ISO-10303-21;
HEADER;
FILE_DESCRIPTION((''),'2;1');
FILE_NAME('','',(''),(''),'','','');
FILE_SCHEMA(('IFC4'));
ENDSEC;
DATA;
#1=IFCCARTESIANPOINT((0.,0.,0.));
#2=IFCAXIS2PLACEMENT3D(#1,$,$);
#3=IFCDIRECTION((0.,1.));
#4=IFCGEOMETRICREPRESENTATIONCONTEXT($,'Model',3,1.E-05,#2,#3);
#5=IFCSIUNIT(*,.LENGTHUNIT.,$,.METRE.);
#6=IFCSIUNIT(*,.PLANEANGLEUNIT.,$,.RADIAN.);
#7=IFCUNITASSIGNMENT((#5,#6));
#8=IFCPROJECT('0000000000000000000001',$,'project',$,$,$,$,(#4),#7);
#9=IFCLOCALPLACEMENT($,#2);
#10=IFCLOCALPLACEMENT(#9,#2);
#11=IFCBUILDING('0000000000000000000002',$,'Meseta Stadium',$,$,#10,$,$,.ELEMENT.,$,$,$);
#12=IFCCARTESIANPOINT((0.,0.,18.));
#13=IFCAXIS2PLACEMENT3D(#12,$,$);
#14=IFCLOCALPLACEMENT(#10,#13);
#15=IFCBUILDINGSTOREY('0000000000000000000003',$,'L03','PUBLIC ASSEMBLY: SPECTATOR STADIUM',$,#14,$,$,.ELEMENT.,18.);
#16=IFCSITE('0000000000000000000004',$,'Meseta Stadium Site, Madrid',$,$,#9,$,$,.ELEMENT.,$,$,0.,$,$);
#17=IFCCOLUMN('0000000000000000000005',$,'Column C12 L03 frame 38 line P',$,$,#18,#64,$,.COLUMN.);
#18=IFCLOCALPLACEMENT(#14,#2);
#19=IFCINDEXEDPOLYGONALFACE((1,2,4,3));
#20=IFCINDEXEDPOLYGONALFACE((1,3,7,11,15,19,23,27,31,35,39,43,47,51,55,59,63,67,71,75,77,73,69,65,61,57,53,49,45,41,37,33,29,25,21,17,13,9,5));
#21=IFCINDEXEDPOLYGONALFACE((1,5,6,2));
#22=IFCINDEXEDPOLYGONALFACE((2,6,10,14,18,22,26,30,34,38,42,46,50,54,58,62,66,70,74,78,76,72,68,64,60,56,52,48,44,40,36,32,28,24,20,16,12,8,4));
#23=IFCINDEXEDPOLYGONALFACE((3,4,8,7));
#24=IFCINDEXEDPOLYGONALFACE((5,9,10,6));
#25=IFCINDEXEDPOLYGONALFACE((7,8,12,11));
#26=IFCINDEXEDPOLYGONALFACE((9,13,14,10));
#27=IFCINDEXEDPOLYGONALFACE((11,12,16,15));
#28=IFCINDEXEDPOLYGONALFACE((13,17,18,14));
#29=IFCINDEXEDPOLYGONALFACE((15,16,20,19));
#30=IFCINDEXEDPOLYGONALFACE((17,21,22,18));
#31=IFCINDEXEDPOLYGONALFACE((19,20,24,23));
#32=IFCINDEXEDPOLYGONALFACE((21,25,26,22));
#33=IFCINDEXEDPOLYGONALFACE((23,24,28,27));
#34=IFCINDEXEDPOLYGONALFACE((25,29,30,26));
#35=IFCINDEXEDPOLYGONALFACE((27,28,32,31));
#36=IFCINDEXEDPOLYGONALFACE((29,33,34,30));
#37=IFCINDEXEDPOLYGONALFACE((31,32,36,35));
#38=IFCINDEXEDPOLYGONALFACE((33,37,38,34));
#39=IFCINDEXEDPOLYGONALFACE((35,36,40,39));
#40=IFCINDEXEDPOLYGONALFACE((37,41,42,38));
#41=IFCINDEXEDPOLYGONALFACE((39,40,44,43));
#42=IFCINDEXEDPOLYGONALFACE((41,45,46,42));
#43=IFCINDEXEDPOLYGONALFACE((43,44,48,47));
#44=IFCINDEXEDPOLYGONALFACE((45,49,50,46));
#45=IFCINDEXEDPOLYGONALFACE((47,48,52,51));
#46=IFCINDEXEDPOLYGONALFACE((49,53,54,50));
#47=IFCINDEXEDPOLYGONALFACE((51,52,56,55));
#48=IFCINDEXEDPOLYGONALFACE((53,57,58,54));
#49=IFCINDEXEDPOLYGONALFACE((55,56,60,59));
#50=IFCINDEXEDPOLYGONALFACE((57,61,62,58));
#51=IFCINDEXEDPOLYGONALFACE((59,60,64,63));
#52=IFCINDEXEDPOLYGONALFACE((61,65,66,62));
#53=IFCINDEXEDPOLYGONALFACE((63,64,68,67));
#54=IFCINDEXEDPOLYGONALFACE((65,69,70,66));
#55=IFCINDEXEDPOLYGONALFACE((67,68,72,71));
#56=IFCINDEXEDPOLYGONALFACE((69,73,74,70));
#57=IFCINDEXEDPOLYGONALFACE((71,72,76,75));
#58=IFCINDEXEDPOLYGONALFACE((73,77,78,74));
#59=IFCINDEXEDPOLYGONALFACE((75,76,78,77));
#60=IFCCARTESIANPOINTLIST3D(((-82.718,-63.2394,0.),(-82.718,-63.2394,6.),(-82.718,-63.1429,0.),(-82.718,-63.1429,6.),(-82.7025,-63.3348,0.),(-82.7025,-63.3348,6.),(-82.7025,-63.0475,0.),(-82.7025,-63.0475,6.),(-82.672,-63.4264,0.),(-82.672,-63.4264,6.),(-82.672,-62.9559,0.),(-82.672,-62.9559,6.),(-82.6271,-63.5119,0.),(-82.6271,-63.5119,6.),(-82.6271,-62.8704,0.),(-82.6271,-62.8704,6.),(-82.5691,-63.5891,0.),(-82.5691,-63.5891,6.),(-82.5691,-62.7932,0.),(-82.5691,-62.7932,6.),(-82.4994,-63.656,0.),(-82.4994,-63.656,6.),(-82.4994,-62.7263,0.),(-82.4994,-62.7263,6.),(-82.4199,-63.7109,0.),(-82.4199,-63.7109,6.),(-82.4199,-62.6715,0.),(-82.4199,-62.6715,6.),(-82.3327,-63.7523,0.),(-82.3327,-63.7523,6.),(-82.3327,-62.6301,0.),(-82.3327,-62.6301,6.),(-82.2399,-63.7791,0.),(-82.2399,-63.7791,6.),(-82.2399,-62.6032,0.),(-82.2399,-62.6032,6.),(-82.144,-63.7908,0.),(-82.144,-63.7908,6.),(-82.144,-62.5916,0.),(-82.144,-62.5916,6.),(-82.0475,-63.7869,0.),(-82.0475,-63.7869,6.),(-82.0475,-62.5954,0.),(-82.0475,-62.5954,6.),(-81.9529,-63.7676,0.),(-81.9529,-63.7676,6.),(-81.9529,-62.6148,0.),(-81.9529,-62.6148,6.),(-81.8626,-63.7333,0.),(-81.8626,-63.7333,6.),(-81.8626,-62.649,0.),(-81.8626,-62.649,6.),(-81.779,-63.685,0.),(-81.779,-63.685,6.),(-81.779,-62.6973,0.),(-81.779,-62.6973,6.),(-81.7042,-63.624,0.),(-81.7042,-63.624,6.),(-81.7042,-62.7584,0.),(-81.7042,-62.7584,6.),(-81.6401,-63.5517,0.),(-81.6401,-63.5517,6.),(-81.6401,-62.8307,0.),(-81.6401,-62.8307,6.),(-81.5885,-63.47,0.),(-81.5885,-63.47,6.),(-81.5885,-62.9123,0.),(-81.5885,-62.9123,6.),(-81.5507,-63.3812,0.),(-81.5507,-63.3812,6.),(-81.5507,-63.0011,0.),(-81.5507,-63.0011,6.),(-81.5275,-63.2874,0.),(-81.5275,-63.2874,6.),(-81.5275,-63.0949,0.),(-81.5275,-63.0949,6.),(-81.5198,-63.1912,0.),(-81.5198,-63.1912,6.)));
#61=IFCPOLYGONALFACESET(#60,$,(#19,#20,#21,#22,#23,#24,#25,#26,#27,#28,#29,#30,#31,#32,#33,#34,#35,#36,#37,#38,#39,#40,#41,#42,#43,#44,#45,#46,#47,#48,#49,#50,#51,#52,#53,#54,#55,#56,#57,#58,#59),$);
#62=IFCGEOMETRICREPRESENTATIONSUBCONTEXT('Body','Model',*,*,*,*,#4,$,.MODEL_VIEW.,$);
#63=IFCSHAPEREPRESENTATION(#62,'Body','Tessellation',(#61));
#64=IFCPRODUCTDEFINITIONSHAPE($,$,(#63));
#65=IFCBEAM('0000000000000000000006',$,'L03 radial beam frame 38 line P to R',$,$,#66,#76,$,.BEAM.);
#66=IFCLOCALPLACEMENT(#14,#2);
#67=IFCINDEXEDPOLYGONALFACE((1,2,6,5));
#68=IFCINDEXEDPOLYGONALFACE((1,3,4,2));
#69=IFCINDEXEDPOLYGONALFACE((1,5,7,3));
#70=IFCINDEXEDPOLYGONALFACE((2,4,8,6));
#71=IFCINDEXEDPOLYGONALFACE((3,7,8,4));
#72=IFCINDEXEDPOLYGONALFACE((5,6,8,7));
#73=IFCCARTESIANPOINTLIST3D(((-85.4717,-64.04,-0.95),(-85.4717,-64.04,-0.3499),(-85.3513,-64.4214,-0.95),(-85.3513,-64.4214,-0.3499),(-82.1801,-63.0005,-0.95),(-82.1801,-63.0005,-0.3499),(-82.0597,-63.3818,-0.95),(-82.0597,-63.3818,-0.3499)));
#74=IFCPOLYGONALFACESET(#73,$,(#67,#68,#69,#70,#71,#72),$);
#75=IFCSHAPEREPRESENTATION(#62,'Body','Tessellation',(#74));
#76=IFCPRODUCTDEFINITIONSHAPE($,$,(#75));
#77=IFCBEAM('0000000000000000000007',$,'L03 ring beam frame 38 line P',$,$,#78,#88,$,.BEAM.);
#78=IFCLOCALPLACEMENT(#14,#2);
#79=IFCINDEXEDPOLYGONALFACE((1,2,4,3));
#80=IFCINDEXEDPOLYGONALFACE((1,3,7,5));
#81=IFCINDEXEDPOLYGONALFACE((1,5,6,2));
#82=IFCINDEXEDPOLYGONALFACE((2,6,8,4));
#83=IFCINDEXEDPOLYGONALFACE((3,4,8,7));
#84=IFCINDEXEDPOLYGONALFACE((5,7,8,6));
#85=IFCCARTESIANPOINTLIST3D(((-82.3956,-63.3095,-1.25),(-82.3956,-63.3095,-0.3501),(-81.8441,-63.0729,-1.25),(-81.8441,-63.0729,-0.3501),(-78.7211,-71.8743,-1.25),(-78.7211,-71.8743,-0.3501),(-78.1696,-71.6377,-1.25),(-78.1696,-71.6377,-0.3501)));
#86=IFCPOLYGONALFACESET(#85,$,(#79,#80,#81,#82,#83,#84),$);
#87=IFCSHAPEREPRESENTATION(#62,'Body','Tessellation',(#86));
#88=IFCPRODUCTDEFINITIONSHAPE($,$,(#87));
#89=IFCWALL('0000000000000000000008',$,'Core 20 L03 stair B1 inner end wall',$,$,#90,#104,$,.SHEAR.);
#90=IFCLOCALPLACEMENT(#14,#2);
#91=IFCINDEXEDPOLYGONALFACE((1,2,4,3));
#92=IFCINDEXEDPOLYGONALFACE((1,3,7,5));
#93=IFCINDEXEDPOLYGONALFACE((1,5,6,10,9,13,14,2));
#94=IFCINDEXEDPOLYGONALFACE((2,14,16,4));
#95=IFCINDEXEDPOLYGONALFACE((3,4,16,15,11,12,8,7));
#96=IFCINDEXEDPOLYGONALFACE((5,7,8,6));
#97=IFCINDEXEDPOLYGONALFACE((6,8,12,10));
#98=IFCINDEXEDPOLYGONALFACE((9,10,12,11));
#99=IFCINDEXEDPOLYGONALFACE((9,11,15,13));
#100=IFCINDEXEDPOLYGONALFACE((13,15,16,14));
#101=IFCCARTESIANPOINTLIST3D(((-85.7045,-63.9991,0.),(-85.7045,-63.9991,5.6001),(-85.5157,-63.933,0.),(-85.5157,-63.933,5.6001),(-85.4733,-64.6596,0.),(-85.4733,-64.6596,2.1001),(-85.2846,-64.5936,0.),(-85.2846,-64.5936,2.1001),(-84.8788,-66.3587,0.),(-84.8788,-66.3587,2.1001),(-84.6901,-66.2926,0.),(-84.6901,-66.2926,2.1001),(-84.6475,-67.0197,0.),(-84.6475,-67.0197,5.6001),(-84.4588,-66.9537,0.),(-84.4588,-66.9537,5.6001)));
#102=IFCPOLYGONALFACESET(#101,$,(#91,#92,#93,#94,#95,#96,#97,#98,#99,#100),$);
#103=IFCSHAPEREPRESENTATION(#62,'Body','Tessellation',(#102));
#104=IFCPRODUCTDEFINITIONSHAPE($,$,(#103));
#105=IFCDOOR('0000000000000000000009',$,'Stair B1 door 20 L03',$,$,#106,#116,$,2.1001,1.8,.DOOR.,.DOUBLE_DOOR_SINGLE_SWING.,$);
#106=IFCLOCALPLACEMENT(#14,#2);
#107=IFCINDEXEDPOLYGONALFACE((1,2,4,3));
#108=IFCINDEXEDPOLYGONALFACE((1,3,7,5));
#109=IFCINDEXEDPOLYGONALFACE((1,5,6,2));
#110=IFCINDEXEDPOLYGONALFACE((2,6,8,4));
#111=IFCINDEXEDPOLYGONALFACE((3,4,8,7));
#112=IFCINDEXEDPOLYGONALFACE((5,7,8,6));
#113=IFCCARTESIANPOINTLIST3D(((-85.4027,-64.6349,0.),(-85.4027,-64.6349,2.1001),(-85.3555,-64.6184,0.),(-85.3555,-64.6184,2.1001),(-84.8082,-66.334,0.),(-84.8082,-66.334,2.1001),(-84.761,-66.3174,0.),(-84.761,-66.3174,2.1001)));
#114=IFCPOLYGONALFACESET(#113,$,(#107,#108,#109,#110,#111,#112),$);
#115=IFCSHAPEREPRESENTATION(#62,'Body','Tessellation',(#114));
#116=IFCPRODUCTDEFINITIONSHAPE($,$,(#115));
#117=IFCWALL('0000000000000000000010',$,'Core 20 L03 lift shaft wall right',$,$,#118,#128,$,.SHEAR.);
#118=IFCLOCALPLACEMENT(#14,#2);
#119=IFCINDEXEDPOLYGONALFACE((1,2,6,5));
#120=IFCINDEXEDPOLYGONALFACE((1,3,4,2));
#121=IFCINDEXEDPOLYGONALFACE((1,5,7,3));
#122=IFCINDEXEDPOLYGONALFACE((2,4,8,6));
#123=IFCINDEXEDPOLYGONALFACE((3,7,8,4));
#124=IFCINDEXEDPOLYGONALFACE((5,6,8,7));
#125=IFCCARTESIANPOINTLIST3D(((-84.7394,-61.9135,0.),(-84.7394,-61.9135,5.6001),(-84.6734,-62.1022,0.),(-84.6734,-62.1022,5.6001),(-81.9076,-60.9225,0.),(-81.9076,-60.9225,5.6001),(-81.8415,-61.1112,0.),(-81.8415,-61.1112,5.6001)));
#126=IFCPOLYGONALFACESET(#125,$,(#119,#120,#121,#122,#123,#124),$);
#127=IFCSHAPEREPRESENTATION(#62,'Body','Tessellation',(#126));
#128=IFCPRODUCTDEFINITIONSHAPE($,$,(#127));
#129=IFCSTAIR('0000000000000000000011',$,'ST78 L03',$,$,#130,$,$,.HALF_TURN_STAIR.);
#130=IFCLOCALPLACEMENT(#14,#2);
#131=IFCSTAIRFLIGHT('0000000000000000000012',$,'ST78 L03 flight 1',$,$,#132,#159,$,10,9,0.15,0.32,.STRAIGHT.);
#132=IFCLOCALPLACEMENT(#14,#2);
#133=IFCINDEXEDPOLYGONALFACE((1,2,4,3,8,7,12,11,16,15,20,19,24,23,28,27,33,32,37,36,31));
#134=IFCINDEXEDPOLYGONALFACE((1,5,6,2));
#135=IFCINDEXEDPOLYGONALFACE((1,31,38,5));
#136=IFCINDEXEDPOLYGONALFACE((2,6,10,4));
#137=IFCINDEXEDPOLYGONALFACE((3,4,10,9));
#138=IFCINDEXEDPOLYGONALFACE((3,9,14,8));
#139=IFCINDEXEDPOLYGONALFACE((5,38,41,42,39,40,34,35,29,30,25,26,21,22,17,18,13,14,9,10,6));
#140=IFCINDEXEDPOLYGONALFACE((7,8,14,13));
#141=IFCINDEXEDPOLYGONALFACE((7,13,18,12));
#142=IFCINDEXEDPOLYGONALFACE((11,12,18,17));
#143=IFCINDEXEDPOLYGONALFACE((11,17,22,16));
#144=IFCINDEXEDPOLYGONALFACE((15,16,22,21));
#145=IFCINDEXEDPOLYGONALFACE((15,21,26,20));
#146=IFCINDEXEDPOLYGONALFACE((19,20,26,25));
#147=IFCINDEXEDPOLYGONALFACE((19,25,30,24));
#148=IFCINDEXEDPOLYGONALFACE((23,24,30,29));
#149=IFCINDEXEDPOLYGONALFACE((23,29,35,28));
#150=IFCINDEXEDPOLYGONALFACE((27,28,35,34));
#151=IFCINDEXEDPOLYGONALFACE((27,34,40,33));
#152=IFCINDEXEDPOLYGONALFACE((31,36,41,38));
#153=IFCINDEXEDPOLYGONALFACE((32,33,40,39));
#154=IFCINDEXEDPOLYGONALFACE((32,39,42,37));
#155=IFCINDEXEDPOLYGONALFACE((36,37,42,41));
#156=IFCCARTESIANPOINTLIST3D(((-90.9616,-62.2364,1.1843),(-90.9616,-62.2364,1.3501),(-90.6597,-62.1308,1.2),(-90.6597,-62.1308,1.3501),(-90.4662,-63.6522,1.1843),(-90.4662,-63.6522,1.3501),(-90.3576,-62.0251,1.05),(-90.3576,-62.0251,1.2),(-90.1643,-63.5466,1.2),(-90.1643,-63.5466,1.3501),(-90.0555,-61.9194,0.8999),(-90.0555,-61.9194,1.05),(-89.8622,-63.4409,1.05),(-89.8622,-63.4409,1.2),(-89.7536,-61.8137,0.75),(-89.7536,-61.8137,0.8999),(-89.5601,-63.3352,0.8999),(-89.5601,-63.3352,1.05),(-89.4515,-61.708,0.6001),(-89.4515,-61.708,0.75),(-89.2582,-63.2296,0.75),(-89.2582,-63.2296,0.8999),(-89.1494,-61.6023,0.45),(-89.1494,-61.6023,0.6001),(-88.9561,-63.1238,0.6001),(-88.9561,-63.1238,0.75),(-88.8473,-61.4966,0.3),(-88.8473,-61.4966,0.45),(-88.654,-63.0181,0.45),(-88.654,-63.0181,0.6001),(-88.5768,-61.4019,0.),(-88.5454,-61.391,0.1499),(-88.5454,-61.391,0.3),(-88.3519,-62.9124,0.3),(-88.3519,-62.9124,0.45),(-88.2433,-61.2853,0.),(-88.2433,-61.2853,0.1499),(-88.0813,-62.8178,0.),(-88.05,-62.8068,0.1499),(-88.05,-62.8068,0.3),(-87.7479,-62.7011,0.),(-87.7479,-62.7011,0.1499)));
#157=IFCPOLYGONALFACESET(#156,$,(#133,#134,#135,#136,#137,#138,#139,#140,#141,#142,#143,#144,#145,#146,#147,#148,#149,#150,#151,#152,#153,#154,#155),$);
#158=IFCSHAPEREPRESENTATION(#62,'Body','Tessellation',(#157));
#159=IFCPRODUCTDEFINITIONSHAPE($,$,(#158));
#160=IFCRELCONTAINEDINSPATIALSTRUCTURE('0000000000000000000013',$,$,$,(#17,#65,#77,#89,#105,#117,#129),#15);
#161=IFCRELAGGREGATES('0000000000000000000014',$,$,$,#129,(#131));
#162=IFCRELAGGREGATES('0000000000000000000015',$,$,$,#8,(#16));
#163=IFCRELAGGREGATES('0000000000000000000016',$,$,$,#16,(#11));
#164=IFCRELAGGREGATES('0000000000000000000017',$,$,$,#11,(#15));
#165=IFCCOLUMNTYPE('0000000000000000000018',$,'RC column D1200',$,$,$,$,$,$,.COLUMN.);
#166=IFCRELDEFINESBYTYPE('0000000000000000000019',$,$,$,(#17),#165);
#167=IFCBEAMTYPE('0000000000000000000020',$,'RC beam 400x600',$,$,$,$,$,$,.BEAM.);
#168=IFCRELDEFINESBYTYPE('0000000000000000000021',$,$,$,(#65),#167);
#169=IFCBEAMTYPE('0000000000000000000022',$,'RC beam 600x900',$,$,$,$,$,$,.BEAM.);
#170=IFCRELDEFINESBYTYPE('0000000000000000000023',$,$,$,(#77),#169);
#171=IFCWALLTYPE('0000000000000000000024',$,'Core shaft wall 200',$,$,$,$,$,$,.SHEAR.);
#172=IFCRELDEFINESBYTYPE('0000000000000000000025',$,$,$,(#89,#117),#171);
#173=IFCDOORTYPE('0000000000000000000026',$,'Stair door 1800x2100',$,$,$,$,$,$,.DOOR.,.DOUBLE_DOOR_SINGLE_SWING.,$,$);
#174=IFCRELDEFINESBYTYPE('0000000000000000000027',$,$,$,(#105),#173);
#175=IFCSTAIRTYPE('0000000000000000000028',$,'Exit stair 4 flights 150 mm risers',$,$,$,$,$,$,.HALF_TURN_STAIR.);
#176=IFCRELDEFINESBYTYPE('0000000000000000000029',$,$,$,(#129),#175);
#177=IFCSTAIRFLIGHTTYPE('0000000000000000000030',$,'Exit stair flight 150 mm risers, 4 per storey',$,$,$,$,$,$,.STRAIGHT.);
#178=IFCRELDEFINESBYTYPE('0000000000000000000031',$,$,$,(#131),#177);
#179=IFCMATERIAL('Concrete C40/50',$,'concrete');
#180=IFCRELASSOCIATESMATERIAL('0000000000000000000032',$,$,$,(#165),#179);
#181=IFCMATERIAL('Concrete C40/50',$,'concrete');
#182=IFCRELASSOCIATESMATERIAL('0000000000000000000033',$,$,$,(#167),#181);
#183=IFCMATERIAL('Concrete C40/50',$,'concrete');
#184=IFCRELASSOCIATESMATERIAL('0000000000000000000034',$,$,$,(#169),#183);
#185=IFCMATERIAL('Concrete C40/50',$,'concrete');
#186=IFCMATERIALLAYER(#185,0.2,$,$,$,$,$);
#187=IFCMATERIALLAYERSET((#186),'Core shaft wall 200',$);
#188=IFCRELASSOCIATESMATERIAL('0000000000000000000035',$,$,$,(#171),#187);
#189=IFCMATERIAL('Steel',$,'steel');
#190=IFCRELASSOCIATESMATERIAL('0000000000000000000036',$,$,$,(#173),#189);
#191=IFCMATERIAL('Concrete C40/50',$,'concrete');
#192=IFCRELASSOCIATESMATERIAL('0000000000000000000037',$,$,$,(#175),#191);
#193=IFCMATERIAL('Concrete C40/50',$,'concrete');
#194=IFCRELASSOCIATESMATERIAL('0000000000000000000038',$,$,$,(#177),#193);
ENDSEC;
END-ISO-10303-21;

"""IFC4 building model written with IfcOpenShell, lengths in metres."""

from ifc_helpers import new_model, si_unit, direction, frame, frame_2d, origin, origin_2d, place, context, subcontext, project, spatial, polyline, rectangle, circle, outline, extrude, material, layer, layer_set, material_profile, profile_set, type_object, element, fill, aggregate, save


model = new_model("IFC4")

# Units and contexts
model_context = context("Model", 3, precision=1e-05, world=origin(), true_north=direction((0.0, 1.0)))
body_context = subcontext(model_context, "Body", "Model", "MODEL_VIEW")
ifc_project = project(units=[si_unit("LENGTHUNIT", "METRE"), si_unit("PLANEANGLEUNIT", "RADIAN")], contexts=[model_context])

# Site, building, storey
site_placement = place(None, origin())
site = spatial("IfcSite", under=ifc_project, at=site_placement, Name="Meseta Stadium Site, Madrid", CompositionType="ELEMENT", RefElevation=0.0)
building_placement = place(site_placement, origin())
building = spatial("IfcBuilding", under=site, at=building_placement, Name="Meseta Stadium", CompositionType="ELEMENT")
storey_placement = place(building_placement, frame((0.0, 0.0, 18.0)))
storey = spatial("IfcBuildingStorey", under=building, at=storey_placement, Name="L03", Description="PUBLIC ASSEMBLY: SPECTATOR STADIUM", CompositionType="ELEMENT", Elevation=18.0)

# Column
ifc_material_1 = material(Name="Concrete C40/50", Category="concrete")
ifc_material_profile_1 = material_profile(ifc_material_1, circle(Radius=0.6001, at=origin_2d()), Name="RC D1200")
ifc_profile_set_1 = profile_set([ifc_material_profile_1], Name="Concrete C40/50")
column_type = type_object("IfcColumnType", Name="RC column D1200", PredefinedType="COLUMN", material=ifc_profile_set_1)
column_placement = place(storey_placement, frame((-82.1199, -63.1912, 0.0), z_axis=(0.0, 0.0, 1.0), x_axis=(1.0, 0.0, 0.0)))
element("IfcColumn", 1, at=column_placement, inside=storey, type_object=column_type, Name="Column C12 L03 frame 38 line P", PredefinedType="COLUMN", context=body_context, shape_type="SweptSolid", body=[
    extrude(circle(Radius=0.6001, at=origin_2d()), origin(), (0.0, 0.0, 1.0), 6.0),
])

# Beams
ifc_material_2 = material(Name="Concrete C40/50", Category="concrete")
ifc_material_profile_2 = material_profile(ifc_material_2, rectangle(XDim=0.3999, YDim=0.6001, at=origin_2d()), Name="RC 400x600")
ifc_profile_set_2 = profile_set([ifc_material_profile_2], Name="Concrete C40/50")
beam_type_1 = type_object("IfcBeamType", Name="RC beam 400x600", PredefinedType="BEAM", material=ifc_profile_set_2)
beam_1_placement = place(storey_placement, frame((-82.1199, -63.1912, -0.6499), z_axis=(-0.953578, -0.301145, 0.0), x_axis=(0.301145, -0.953578, 0.0)))
element("IfcBeam", 2, at=beam_1_placement, inside=storey, type_object=beam_type_1, Name="L03 radial beam frame 38 line P to R", PredefinedType="BEAM", context=body_context, shape_type="SweptSolid", body=[
    extrude(rectangle(XDim=0.3999, YDim=0.6001, at=origin_2d()), origin(), (0.0, 0.0, 1.0), 3.4519),
])
ifc_material_3 = material(Name="Concrete C40/50", Category="concrete")
ifc_material_profile_3 = material_profile(ifc_material_3, rectangle(XDim=0.6001, YDim=0.8999, at=origin_2d()), Name="RC 600x900")
ifc_profile_set_3 = profile_set([ifc_material_profile_3], Name="Concrete C40/50")
beam_type_2 = type_object("IfcBeamType", Name="RC beam 600x900", PredefinedType="BEAM", material=ifc_profile_set_3)
beam_2_placement = place(storey_placement, frame((-82.1199, -63.1912, -0.8), z_axis=(0.39427, -0.918995, 0.0), x_axis=(0.918995, 0.39427, 0.0)))
element("IfcBeam", 3, at=beam_2_placement, inside=storey, type_object=beam_type_2, Name="L03 ring beam frame 38 line P", PredefinedType="BEAM", context=body_context, shape_type="SweptSolid", body=[
    extrude(rectangle(XDim=0.6001, YDim=0.8999, at=origin_2d()), origin(), (0.0, 0.0, 1.0), 9.3198),
])

# Wall, opening, door
ifc_material_4 = material(Name="Concrete C40/50", Category="concrete")
ifc_layer = layer(ifc_material_4, 0.2)
ifc_layer_set = layer_set([ifc_layer], Name="Core shaft wall 200")
wall_type = type_object("IfcWallType", Name="Core shaft wall 200", PredefinedType="SHEAR", material=ifc_layer_set)
wall_1_placement = place(storey_placement, frame((-85.6101, -63.9661, 0.0), z_axis=(0.0, 0.0, 1.0), x_axis=(0.330269, -0.943887, 0.0)))
wall_1 = element("IfcWall", 4, at=wall_1_placement, inside=storey, type_object=wall_type, Name="Core 20 L03 stair B1 inner end wall", PredefinedType="SHEAR", context=body_context, shape_type="SweptSolid", body=[
    extrude(rectangle(XDim=3.2002, YDim=0.2, at=frame_2d((1.6001, 0.0))), origin(), (0.0, 0.0, 1.0), 5.6001),
])
opening_placement = place(wall_1_placement, frame((0.7, 0.0, 0.0)))
opening = element("IfcOpeningElement", 5, at=opening_placement, cuts=wall_1, PredefinedType="OPENING", context=body_context, shape_type="SweptSolid", body=[
    extrude(rectangle(XDim=1.8, YDim=2.1001, at=frame_2d((0.8999, 1.05))), frame((0.0, 0.1099, 0.0), z_axis=(0.0, -1.0, 0.0), x_axis=(1.0, 0.0, 0.0)), (0.0, 0.0, 1.0), 0.22),
])
ifc_material_5 = material(Name="Steel", Category="steel")
door_type = type_object("IfcDoorType", Name="Stair door 1800x2100", OperationType="DOUBLE_DOOR_SINGLE_SWING", PredefinedType="DOOR", material=ifc_material_5)
door_placement = place(opening_placement, origin())
door = element("IfcDoor", 6, at=door_placement, inside=storey, type_object=door_type, Name="Stair B1 door 20 L03", OperationType="DOUBLE_DOOR_SINGLE_SWING", OverallHeight=2.1001, OverallWidth=1.8, PredefinedType="DOOR", context=body_context, shape_type="SweptSolid", body=[
    extrude(rectangle(XDim=1.8, YDim=2.1001, at=frame_2d((0.8999, 1.05))), frame((0.0, 0.0249, 0.0), z_axis=(0.0, -1.0, 0.0), x_axis=(1.0, 0.0, 0.0)), (0.0, 0.0, 1.0), 0.05),
])
fill(opening, door)

# Wall
wall_2_placement = place(storey_placement, frame((-84.7063, -62.0078, 0.0), z_axis=(0.0, 0.0, 1.0), x_axis=(0.943875, 0.330303, 0.0)))
element("IfcWall", 7, at=wall_2_placement, inside=storey, type_object=wall_type, Name="Core 20 L03 lift shaft wall right", PredefinedType="SHEAR", context=body_context, shape_type="SweptSolid", body=[
    extrude(rectangle(XDim=3.0002, YDim=0.2, at=frame_2d((1.5, 0.0))), origin(), (0.0, 0.0, 1.0), 5.6001),
])

# Stair, stair flight
ifc_material_6 = material(Name="Concrete C40/50", Category="concrete")
stair_type = type_object("IfcStairType", Name="Exit stair 4 flights 150 mm risers", PredefinedType="HALF_TURN_STAIR", material=ifc_material_6)
stair_placement = place(storey_placement, origin())
stair = element("IfcStair", 8, at=stair_placement, inside=storey, type_object=stair_type, Name="ST78 L03", PredefinedType="HALF_TURN_STAIR")
ifc_material_7 = material(Name="Concrete C40/50", Category="concrete")
stair_flight_type = type_object("IfcStairFlightType", Name="Exit stair flight 150 mm risers, 4 per storey", PredefinedType="STRAIGHT", material=ifc_material_7)
stair_flight_1_placement = place(storey_placement, frame((-87.9956, -61.9932, 0.0), z_axis=(0.0, 0.0, 1.0), x_axis=(-0.943883, -0.330279, 0.0)))
stair_flight_1 = element("IfcStairFlight", 9, at=stair_flight_1_placement, type_object=stair_flight_type, Name="ST78 L03 flight 1", NumberOfRisers=10, NumberOfTreads=9, PredefinedType="STRAIGHT", RiserHeight=0.15, TreadLength=0.32, context=body_context, shape_type="SweptSolid", body=[
    extrude(outline(polyline([(0.0, 0.0), (0.0, 0.1499), (0.3201, 0.1499), (0.3201, 0.3), (0.6399, 0.3), (0.6399, 0.45), (0.96, 0.45), (0.96, 0.6001), (1.28, 0.6001), (1.28, 0.75), (1.6001, 0.75), (1.6001, 0.8999), (1.9199, 0.8999), (1.9199, 1.05), (2.24, 1.05), (2.24, 1.2), (2.5601, 1.2), (2.5601, 1.3501), (2.8799, 1.3501), (2.8799, 1.1843), (0.3533, 0.0), (0.0, 0.0)])), frame((0.0, 0.75, 0.0), z_axis=(0.0, -1.0, 0.0), x_axis=(1.0, 0.0, 0.0)), (0.0, 0.0, 1.0), 1.5),
])
aggregate(stair, [stair_flight_1])

save(model, "model.ifc")
